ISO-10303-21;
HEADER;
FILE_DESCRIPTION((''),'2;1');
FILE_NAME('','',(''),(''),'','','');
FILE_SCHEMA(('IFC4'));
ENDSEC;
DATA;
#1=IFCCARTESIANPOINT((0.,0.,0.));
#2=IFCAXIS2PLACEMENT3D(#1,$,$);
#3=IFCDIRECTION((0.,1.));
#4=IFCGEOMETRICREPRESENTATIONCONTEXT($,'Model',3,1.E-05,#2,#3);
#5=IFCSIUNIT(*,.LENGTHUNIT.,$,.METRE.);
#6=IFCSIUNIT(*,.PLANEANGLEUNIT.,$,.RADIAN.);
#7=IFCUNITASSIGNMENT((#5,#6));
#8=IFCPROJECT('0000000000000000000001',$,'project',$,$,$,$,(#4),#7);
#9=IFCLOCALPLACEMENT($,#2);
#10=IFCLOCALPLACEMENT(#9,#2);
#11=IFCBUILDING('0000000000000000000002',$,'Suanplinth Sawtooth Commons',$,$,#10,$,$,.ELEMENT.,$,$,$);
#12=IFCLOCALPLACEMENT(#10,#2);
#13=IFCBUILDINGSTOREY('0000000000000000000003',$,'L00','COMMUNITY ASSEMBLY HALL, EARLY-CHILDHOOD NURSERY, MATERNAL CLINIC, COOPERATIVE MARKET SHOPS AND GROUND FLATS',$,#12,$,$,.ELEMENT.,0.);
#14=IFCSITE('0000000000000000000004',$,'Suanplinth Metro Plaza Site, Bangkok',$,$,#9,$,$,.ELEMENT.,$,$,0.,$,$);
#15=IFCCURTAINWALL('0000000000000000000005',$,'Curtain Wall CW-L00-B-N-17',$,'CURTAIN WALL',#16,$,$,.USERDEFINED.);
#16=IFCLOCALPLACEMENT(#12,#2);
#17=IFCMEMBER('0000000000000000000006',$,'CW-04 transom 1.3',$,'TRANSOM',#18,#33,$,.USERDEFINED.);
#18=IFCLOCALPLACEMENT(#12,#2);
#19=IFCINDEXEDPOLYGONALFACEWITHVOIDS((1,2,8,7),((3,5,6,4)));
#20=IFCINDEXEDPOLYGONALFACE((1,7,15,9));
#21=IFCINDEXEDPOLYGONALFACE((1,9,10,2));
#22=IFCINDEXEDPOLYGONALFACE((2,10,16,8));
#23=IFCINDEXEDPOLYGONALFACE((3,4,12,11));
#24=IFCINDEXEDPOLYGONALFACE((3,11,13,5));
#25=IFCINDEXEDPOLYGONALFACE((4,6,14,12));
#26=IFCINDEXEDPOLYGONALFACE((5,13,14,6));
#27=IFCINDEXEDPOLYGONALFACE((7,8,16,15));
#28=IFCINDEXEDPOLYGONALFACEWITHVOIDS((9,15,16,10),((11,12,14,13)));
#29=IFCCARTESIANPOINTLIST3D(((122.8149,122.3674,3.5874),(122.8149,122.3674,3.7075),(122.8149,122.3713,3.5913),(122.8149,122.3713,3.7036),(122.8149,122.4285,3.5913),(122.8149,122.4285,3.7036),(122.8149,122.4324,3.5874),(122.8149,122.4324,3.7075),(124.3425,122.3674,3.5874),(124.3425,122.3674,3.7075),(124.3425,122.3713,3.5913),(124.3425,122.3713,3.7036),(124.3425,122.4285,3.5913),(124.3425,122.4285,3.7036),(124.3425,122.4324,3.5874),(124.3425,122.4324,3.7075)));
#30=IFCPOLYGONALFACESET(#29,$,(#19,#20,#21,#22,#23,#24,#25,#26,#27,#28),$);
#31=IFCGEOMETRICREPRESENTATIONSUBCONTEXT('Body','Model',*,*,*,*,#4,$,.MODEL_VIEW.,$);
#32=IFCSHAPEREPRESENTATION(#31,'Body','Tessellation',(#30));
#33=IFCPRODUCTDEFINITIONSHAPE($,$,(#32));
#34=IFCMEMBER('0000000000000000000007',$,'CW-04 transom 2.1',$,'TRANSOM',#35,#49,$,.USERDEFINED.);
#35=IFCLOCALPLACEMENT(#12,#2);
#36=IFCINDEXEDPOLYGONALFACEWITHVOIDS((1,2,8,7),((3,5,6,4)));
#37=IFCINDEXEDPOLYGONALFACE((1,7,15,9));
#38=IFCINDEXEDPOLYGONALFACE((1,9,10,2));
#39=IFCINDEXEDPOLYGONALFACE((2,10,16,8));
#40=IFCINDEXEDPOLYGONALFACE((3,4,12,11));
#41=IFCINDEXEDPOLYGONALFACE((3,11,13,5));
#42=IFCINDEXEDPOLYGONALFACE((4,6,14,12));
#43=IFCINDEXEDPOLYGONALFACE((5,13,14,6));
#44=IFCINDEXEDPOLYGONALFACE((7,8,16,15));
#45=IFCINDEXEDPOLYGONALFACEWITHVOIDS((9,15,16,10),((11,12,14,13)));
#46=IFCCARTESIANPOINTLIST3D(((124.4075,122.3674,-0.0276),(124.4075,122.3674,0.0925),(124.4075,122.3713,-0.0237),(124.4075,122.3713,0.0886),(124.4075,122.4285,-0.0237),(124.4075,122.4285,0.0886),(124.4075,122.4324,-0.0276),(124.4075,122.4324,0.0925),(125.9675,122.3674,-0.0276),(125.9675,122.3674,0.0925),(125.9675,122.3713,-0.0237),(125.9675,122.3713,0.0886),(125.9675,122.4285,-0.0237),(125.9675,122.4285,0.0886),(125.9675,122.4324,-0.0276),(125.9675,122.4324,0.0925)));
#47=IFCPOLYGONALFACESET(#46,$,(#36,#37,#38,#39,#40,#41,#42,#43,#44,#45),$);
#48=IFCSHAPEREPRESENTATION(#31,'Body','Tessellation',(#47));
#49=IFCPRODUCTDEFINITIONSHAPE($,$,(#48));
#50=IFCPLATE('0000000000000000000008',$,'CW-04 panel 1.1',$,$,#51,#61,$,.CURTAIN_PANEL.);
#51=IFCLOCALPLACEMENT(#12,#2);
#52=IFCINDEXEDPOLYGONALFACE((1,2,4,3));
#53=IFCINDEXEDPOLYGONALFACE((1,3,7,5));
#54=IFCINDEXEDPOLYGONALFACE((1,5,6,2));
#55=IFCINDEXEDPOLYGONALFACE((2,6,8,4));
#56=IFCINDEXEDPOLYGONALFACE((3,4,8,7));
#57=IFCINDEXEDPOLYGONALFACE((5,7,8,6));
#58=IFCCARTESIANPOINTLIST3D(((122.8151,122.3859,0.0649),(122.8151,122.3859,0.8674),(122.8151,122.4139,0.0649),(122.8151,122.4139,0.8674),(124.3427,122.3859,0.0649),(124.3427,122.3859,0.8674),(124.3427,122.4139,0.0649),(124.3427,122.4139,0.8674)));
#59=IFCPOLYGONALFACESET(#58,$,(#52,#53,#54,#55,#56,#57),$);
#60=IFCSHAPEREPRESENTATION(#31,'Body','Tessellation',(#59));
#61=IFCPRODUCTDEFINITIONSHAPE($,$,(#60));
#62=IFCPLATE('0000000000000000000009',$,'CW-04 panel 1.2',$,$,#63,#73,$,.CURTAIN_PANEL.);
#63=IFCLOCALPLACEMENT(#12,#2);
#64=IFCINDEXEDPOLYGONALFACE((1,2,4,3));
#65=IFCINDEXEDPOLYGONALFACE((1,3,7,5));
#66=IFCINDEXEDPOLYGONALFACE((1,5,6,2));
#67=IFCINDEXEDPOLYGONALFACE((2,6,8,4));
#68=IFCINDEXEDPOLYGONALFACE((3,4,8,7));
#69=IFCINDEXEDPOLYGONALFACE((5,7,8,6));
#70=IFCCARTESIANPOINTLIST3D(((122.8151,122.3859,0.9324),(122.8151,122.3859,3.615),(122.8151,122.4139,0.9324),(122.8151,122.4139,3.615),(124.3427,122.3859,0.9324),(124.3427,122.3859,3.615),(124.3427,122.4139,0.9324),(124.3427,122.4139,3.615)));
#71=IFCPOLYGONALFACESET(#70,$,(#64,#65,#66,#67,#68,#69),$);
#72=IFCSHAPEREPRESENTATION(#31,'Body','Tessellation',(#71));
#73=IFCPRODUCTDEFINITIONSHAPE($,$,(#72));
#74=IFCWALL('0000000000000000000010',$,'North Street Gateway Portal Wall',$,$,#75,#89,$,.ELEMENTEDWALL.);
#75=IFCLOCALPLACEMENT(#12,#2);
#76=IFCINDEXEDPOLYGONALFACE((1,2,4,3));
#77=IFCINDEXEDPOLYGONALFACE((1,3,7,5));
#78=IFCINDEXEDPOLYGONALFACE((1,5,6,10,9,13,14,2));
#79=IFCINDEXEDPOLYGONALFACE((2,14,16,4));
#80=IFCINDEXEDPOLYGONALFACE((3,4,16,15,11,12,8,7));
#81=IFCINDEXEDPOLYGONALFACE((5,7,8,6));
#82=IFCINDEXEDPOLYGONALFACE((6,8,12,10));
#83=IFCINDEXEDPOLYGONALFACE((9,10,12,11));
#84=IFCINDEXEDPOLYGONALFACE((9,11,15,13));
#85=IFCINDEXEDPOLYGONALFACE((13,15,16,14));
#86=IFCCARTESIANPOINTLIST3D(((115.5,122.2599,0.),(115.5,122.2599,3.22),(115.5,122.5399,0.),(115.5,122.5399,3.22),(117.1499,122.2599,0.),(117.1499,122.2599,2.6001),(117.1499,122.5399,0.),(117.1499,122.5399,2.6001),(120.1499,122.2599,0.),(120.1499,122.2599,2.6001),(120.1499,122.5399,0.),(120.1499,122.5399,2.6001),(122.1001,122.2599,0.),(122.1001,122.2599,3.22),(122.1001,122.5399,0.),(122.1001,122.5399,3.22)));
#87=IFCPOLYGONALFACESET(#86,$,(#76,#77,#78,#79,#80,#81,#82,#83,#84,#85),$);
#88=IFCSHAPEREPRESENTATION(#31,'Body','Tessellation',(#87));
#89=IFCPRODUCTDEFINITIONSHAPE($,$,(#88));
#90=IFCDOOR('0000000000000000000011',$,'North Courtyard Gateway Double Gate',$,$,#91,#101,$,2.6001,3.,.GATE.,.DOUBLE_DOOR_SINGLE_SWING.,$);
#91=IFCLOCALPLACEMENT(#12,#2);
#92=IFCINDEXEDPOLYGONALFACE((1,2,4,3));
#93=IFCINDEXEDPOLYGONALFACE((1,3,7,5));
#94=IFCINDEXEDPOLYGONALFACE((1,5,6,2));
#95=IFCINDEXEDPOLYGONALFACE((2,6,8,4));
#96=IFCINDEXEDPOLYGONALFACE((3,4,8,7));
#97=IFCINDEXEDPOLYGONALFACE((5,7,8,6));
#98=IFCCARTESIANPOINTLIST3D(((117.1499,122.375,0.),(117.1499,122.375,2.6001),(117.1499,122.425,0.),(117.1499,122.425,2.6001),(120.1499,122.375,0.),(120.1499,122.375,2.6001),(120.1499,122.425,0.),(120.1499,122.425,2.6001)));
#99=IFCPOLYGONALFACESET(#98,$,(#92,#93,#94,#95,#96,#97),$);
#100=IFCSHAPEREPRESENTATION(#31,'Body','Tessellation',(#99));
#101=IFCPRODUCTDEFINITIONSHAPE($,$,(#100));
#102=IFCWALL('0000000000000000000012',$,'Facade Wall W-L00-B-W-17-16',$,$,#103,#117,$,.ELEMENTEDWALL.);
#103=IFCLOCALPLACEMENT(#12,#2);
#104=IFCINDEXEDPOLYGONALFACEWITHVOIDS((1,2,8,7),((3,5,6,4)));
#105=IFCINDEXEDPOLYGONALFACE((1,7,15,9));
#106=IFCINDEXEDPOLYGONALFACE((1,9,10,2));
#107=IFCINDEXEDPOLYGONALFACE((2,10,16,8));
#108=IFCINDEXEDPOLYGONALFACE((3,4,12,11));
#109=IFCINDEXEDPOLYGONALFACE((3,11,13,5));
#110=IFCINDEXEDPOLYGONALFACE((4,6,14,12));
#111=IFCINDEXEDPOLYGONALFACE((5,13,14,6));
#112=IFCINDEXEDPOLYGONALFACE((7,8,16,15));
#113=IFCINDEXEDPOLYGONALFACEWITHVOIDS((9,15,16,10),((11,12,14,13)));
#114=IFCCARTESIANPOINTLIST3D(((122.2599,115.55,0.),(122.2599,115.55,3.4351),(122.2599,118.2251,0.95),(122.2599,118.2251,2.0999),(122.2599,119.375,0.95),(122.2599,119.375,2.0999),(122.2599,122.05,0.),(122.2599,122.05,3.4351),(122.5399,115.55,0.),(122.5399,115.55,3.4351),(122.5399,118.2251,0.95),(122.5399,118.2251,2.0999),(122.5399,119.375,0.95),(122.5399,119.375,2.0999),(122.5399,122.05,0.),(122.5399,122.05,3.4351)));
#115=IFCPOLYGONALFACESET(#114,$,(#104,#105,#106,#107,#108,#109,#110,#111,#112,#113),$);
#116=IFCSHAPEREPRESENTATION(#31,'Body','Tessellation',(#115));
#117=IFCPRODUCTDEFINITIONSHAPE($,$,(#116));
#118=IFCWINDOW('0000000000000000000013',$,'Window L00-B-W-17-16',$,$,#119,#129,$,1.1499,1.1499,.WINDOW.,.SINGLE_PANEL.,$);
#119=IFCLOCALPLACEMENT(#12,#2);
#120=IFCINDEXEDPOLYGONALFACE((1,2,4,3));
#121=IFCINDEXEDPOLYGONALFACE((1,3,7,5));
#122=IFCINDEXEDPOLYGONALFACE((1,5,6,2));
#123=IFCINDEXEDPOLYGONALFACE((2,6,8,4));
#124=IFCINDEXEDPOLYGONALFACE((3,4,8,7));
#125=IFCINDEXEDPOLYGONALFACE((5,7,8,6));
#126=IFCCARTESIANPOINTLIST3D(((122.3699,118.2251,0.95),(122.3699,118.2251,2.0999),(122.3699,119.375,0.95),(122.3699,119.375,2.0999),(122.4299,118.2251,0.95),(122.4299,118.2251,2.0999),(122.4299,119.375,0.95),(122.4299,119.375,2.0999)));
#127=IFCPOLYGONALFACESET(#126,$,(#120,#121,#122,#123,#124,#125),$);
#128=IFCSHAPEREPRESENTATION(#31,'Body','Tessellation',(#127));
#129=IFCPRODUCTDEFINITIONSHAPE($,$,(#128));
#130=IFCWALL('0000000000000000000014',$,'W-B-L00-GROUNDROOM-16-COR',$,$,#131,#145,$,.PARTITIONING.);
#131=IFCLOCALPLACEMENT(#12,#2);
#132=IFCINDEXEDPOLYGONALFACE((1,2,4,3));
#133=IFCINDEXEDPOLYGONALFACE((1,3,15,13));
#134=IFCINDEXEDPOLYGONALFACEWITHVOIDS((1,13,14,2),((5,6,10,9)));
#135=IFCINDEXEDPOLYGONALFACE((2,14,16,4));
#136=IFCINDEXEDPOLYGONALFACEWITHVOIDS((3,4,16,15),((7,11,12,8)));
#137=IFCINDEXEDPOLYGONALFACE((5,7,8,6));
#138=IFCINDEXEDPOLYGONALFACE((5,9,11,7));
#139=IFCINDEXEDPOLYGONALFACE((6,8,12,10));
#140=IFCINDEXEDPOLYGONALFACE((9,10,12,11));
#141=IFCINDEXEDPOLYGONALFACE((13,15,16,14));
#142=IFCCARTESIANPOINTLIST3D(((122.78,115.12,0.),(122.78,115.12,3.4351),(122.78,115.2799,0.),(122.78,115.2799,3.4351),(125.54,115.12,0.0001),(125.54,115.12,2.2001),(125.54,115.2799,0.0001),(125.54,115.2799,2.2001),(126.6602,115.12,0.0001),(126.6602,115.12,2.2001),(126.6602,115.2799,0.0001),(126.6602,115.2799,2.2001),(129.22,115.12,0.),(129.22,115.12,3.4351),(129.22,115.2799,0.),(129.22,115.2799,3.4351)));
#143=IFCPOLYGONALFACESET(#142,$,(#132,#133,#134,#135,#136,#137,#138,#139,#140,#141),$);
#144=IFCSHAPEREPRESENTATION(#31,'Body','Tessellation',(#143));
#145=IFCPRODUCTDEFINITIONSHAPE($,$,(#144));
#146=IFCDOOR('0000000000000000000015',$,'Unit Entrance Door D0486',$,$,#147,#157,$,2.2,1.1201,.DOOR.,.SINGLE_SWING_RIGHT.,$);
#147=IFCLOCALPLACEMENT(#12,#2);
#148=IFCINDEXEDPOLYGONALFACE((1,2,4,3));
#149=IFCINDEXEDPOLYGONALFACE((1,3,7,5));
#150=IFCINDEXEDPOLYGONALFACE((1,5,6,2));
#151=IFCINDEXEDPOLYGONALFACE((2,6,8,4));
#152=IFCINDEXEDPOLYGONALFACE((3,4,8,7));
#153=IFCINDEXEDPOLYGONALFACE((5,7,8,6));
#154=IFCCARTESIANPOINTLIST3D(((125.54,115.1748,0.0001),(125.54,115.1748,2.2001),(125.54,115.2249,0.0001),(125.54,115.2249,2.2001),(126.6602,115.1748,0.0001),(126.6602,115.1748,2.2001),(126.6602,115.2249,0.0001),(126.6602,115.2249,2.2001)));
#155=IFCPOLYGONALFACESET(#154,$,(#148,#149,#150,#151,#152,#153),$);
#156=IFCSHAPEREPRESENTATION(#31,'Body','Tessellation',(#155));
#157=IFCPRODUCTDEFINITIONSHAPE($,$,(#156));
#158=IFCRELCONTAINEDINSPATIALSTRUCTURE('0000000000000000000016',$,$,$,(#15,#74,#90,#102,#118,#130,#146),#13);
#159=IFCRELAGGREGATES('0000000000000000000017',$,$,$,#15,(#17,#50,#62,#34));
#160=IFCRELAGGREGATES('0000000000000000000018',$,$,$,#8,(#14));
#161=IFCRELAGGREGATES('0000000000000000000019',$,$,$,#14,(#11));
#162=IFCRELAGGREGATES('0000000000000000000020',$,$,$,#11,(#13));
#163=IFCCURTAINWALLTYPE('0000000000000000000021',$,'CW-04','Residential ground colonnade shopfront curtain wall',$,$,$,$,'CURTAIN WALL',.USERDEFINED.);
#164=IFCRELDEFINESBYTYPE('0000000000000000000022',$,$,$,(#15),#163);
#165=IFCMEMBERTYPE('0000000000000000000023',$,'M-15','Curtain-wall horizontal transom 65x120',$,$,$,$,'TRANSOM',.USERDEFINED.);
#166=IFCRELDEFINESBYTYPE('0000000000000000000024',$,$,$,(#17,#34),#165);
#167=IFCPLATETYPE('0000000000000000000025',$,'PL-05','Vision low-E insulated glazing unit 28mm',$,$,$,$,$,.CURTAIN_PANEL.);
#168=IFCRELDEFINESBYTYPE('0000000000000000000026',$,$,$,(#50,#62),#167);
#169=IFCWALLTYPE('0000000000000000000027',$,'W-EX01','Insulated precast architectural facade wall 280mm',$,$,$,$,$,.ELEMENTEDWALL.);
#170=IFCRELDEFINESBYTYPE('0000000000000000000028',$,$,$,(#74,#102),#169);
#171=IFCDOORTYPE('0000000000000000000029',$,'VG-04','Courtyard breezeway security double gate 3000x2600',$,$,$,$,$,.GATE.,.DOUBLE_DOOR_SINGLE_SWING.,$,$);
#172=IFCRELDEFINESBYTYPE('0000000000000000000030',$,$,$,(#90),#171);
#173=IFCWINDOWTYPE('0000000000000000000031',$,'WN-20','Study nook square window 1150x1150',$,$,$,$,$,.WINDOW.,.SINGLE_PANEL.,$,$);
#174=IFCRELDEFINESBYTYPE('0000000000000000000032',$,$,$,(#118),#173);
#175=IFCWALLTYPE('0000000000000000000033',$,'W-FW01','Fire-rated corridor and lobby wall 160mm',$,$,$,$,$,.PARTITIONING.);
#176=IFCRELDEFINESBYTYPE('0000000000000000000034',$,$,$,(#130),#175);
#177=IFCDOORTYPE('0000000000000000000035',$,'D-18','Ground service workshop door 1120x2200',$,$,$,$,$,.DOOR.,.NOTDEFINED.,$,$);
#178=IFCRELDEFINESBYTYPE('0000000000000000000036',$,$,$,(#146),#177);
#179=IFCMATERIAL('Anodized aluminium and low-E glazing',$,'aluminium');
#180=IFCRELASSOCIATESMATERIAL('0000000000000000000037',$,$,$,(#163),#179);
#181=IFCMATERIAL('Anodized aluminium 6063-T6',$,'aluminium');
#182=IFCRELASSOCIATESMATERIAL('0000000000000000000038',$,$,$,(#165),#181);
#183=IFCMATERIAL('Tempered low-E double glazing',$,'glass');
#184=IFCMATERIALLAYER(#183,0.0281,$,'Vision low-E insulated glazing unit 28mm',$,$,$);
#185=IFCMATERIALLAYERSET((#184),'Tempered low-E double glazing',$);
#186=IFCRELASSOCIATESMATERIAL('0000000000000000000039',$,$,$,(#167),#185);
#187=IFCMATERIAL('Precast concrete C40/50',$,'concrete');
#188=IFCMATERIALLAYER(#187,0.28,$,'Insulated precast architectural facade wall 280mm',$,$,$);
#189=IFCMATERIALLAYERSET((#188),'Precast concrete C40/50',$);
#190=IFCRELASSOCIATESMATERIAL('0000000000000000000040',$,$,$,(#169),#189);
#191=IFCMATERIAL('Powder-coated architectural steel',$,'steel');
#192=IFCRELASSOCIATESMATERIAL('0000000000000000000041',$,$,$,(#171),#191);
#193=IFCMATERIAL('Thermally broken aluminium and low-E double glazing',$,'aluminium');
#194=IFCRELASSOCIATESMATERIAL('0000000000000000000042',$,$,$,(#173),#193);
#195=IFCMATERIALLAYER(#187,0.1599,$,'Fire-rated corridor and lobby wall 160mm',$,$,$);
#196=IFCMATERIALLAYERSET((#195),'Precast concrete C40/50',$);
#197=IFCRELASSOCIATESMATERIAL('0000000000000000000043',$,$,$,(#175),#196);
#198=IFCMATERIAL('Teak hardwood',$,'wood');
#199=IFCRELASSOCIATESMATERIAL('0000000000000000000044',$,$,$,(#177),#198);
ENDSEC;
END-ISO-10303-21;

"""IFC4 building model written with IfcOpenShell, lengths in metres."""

from ifc_helpers import new_model, si_unit, direction, frame, frame_2d, origin, origin_2d, place, context, subcontext, project, spatial, rectangle, hollow_rectangle, extrude, material, layer, layer_set, material_profile, profile_set, type_object, element, fill, aggregate, save


model = new_model("IFC4")

# Units and contexts
model_context = context("Model", 3, precision=1e-05, world=origin(), true_north=direction((0.0, 1.0)))
body_context = subcontext(model_context, "Body", "Model", "MODEL_VIEW")
ifc_project = project(units=[si_unit("LENGTHUNIT", "METRE"), si_unit("PLANEANGLEUNIT", "RADIAN")], contexts=[model_context])

# Site, building, storey
site_placement = place(None, origin())
site = spatial("IfcSite", under=ifc_project, at=site_placement, Name="Suanplinth Metro Plaza Site, Bangkok", CompositionType="ELEMENT", RefElevation=0.0)
building_placement = place(site_placement, origin())
building = spatial("IfcBuilding", under=site, at=building_placement, Name="Suanplinth Sawtooth Commons", CompositionType="ELEMENT")
storey_placement = place(building_placement, origin())
storey = spatial("IfcBuildingStorey", under=building, at=storey_placement, Name="L00", Description="COMMUNITY ASSEMBLY HALL, EARLY-CHILDHOOD NURSERY, MATERNAL CLINIC, COOPERATIVE MARKET SHOPS AND GROUND FLATS", CompositionType="ELEMENT", Elevation=0.0)

# Shared definitions
ifc_material_1 = material(Name="Precast concrete C40/50", Category="concrete")

# Curtain wall, members, plates
ifc_material_2 = material(Name="Anodized aluminium and low-E glazing", Category="aluminium")
curtain_wall_type = type_object("IfcCurtainWallType", Name="CW-04", Description="Residential ground colonnade shopfront curtain wall", ElementType="CURTAIN WALL", PredefinedType="USERDEFINED", material=ifc_material_2)
curtain_wall_placement = place(storey_placement, origin())
curtain_wall = element("IfcCurtainWall", 1, at=curtain_wall_placement, inside=storey, type_object=curtain_wall_type, Name="Curtain Wall CW-L00-B-N-17", ObjectType="CURTAIN WALL", PredefinedType="USERDEFINED")
ifc_material_3 = material(Name="Anodized aluminium 6063-T6", Category="aluminium")
ifc_material_profile_1 = material_profile(ifc_material_3, hollow_rectangle(XDim=0.0649, YDim=0.1201, WallThickness=0.0039, at=origin_2d()), Name="ALU-TRN 65x120")
ifc_profile_set_1 = profile_set([ifc_material_profile_1], Name="Anodized aluminium 6063-T6")
member_type_1 = type_object("IfcMemberType", Name="M-15", Description="Curtain-wall horizontal transom 65x120", ElementType="TRANSOM", PredefinedType="USERDEFINED", material=ifc_profile_set_1)
member_1_placement = place(storey_placement, frame((122.8149, 122.3999, 3.6475), z_axis=(1.0, 0.0, 0.0), x_axis=(0.0, 1.0, 0.0)))
member_1 = element("IfcMember", 2, at=member_1_placement, type_object=member_type_1, Name="CW-04 transom 1.3", ObjectType="TRANSOM", PredefinedType="USERDEFINED", context=body_context, shape_type="SweptSolid", body=[
    extrude(hollow_rectangle(XDim=0.0649, YDim=0.1201, WallThickness=0.0039, at=origin_2d()), origin(), (0.0, 0.0, 1.0), 1.5276),
])
member_2_placement = place(storey_placement, frame((124.4075, 122.3999, 0.0325), z_axis=(1.0, 0.0, 0.0), x_axis=(0.0, 1.0, 0.0)))
member_2 = element("IfcMember", 3, at=member_2_placement, type_object=member_type_1, Name="CW-04 transom 2.1", ObjectType="TRANSOM", PredefinedType="USERDEFINED", context=body_context, shape_type="SweptSolid", body=[
    extrude(hollow_rectangle(XDim=0.0649, YDim=0.1201, WallThickness=0.0039, at=origin_2d()), origin(), (0.0, 0.0, 1.0), 1.5601),
])
ifc_material_4 = material(Name="Tempered low-E double glazing", Category="glass")
ifc_layer_1 = layer(ifc_material_4, 0.0281, Name="Vision low-E insulated glazing unit 28mm")
ifc_layer_set_1 = layer_set([ifc_layer_1], Name="Tempered low-E double glazing")
plate_type = type_object("IfcPlateType", Name="PL-05", Description="Vision low-E insulated glazing unit 28mm", PredefinedType="CURTAIN_PANEL", material=ifc_layer_set_1)
plate_1_placement = place(storey_placement, frame((123.5789, 122.3999, 0.0649), z_axis=(0.0, 0.0, 1.0), x_axis=(1.0, 0.0, 0.0)))
plate_1 = element("IfcPlate", 4, at=plate_1_placement, type_object=plate_type, Name="CW-04 panel 1.1", PredefinedType="CURTAIN_PANEL", context=body_context, shape_type="SweptSolid", body=[
    extrude(rectangle(XDim=1.5276, YDim=0.0281, at=origin_2d()), origin(), (0.0, 0.0, 1.0), 0.8025),
])
plate_2_placement = place(storey_placement, frame((123.5789, 122.3999, 0.9324), z_axis=(0.0, 0.0, 1.0), x_axis=(1.0, 0.0, 0.0)))
plate_2 = element("IfcPlate", 5, at=plate_2_placement, type_object=plate_type, Name="CW-04 panel 1.2", PredefinedType="CURTAIN_PANEL", context=body_context, shape_type="SweptSolid", body=[
    extrude(rectangle(XDim=1.5276, YDim=0.0281, at=origin_2d()), origin(), (0.0, 0.0, 1.0), 2.6826),
])
aggregate(curtain_wall, [member_1, plate_1, plate_2, member_2])

# Wall, opening, door
ifc_layer_2 = layer(ifc_material_1, 0.28, Name="Insulated precast architectural facade wall 280mm")
ifc_layer_set_2 = layer_set([ifc_layer_2], Name="Precast concrete C40/50")
wall_type_1 = type_object("IfcWallType", Name="W-EX01", Description="Insulated precast architectural facade wall 280mm", PredefinedType="ELEMENTEDWALL", material=ifc_layer_set_2)
wall_1_placement = place(storey_placement, frame((115.5, 122.3999, 0.0), z_axis=(0.0, 0.0, 1.0), x_axis=(1.0, 0.0, 0.0)))
wall_1 = element("IfcWall", 6, at=wall_1_placement, inside=storey, type_object=wall_type_1, Name="North Street Gateway Portal Wall", PredefinedType="ELEMENTEDWALL", context=body_context, shape_type="SweptSolid", body=[
    extrude(rectangle(XDim=6.6001, YDim=0.28, at=frame_2d((3.3, 0.0))), origin(), (0.0, 0.0, 1.0), 3.22),
])
opening_1_placement = place(wall_1_placement, frame((1.6499, 0.0, 0.0)))
opening_1 = element("IfcOpeningElement", 7, at=opening_1_placement, cuts=wall_1, PredefinedType="OPENING", context=body_context, shape_type="SweptSolid", body=[
    extrude(rectangle(XDim=3.0, YDim=2.6001, at=frame_2d((1.5, 1.3))), frame((0.0, 0.1548, 0.0), z_axis=(0.0, -1.0, 0.0), x_axis=(1.0, 0.0, 0.0)), (0.0, 0.0, 1.0), 0.3098),
])
ifc_material_5 = material(Name="Powder-coated architectural steel", Category="steel")
door_type_1 = type_object("IfcDoorType", Name="VG-04", Description="Courtyard breezeway security double gate 3000x2600", OperationType="DOUBLE_DOOR_SINGLE_SWING", PredefinedType="GATE", material=ifc_material_5)
door_1_placement = place(opening_1_placement, frame((3.0, 0.0, 0.0), z_axis=(0.0, 0.0, 1.0), x_axis=(-1.0, 0.0, 0.0)))
door_1 = element("IfcDoor", 8, at=door_1_placement, inside=storey, type_object=door_type_1, Name="North Courtyard Gateway Double Gate", OperationType="DOUBLE_DOOR_SINGLE_SWING", OverallHeight=2.6001, OverallWidth=3.0, PredefinedType="GATE", context=body_context, shape_type="SweptSolid", body=[
    extrude(rectangle(XDim=3.0, YDim=2.6001, at=frame_2d((1.5, 1.3))), frame((0.0, 0.0249, 0.0), z_axis=(0.0, -1.0, 0.0), x_axis=(1.0, 0.0, 0.0)), (0.0, 0.0, 1.0), 0.05),
])
fill(opening_1, door_1)

# Wall, opening, window
wall_2_placement = place(storey_placement, frame((122.3999, 115.55, 0.0), z_axis=(0.0, 0.0, 1.0), x_axis=(0.0, 1.0, 0.0)))
wall_2 = element("IfcWall", 9, at=wall_2_placement, inside=storey, type_object=wall_type_1, Name="Facade Wall W-L00-B-W-17-16", PredefinedType="ELEMENTEDWALL", context=body_context, shape_type="SweptSolid", body=[
    extrude(rectangle(XDim=6.5, YDim=0.28, at=frame_2d((3.25, 0.0))), origin(), (0.0, 0.0, 1.0), 3.4351),
])
opening_2_placement = place(wall_2_placement, frame((2.675, 0.0, 0.95)))
opening_2 = element("IfcOpeningElement", 10, at=opening_2_placement, cuts=wall_2, PredefinedType="OPENING", context=body_context, shape_type="SweptSolid", body=[
    extrude(rectangle(XDim=1.1499, YDim=1.1499, at=frame_2d((0.575, 0.575))), frame((0.0, 0.1548, 0.0), z_axis=(0.0, -1.0, 0.0), x_axis=(1.0, 0.0, 0.0)), (0.0, 0.0, 1.0), 0.3098),
])
ifc_material_6 = material(Name="Thermally broken aluminium and low-E double glazing", Category="aluminium")
window_type = type_object("IfcWindowType", Name="WN-20", Description="Study nook square window 1150x1150", PartitioningType="SINGLE_PANEL", PredefinedType="WINDOW", material=ifc_material_6)
window_placement = place(opening_2_placement, origin())
window = element("IfcWindow", 11, at=window_placement, inside=storey, type_object=window_type, Name="Window L00-B-W-17-16", OverallHeight=1.1499, OverallWidth=1.1499, PartitioningType="SINGLE_PANEL", PredefinedType="WINDOW", context=body_context, shape_type="SweptSolid", body=[
    extrude(rectangle(XDim=1.1499, YDim=1.1499, at=frame_2d((0.575, 0.575))), frame((0.0, 0.03, 0.0), z_axis=(0.0, -1.0, 0.0), x_axis=(1.0, 0.0, 0.0)), (0.0, 0.0, 1.0), 0.0601),
])
fill(opening_2, window)

# Wall, opening, door
ifc_layer_3 = layer(ifc_material_1, 0.1599, Name="Fire-rated corridor and lobby wall 160mm")
ifc_layer_set_3 = layer_set([ifc_layer_3], Name="Precast concrete C40/50")
wall_type_2 = type_object("IfcWallType", Name="W-FW01", Description="Fire-rated corridor and lobby wall 160mm", PredefinedType="PARTITIONING", material=ifc_layer_set_3)
wall_3_placement = place(storey_placement, frame((122.78, 115.2, 0.0), z_axis=(0.0, 0.0, 1.0), x_axis=(1.0, 0.0, 0.0)))
wall_3 = element("IfcWall", 12, at=wall_3_placement, inside=storey, type_object=wall_type_2, Name="W-B-L00-GROUNDROOM-16-COR", PredefinedType="PARTITIONING", context=body_context, shape_type="SweptSolid", body=[
    extrude(rectangle(XDim=6.4399, YDim=0.1599, at=frame_2d((3.22, 0.0))), origin(), (0.0, 0.0, 1.0), 3.4351),
])
opening_3_placement = place(wall_3_placement, frame((2.76, 0.0, 0.0)))
opening_3 = element("IfcOpeningElement", 13, at=opening_3_placement, cuts=wall_3, PredefinedType="OPENING", context=body_context, shape_type="SweptSolid", body=[
    extrude(rectangle(XDim=1.1201, YDim=2.2, at=frame_2d((0.5601, 1.1001))), frame((0.0, 0.0947, 0.0), z_axis=(0.0, -1.0, 0.0), x_axis=(1.0, 0.0, 0.0)), (0.0, 0.0, 1.0), 0.1897),
])
ifc_material_7 = material(Name="Teak hardwood", Category="wood")
door_type_2 = type_object("IfcDoorType", Name="D-18", Description="Ground service workshop door 1120x2200", OperationType="NOTDEFINED", PredefinedType="DOOR", material=ifc_material_7)
door_2_placement = place(opening_3_placement, origin())
door_2 = element("IfcDoor", 14, at=door_2_placement, inside=storey, type_object=door_type_2, Name="Unit Entrance Door D0486", OperationType="SINGLE_SWING_RIGHT", OverallHeight=2.2, OverallWidth=1.1201, PredefinedType="DOOR", context=body_context, shape_type="SweptSolid", body=[
    extrude(rectangle(XDim=1.1201, YDim=2.2, at=frame_2d((0.5601, 1.1001))), frame((0.0, 0.0249, 0.0), z_axis=(0.0, -1.0, 0.0), x_axis=(1.0, 0.0, 0.0)), (0.0, 0.0, 1.0), 0.05),
])
fill(opening_3, door_2)

save(model, "model.ifc")
